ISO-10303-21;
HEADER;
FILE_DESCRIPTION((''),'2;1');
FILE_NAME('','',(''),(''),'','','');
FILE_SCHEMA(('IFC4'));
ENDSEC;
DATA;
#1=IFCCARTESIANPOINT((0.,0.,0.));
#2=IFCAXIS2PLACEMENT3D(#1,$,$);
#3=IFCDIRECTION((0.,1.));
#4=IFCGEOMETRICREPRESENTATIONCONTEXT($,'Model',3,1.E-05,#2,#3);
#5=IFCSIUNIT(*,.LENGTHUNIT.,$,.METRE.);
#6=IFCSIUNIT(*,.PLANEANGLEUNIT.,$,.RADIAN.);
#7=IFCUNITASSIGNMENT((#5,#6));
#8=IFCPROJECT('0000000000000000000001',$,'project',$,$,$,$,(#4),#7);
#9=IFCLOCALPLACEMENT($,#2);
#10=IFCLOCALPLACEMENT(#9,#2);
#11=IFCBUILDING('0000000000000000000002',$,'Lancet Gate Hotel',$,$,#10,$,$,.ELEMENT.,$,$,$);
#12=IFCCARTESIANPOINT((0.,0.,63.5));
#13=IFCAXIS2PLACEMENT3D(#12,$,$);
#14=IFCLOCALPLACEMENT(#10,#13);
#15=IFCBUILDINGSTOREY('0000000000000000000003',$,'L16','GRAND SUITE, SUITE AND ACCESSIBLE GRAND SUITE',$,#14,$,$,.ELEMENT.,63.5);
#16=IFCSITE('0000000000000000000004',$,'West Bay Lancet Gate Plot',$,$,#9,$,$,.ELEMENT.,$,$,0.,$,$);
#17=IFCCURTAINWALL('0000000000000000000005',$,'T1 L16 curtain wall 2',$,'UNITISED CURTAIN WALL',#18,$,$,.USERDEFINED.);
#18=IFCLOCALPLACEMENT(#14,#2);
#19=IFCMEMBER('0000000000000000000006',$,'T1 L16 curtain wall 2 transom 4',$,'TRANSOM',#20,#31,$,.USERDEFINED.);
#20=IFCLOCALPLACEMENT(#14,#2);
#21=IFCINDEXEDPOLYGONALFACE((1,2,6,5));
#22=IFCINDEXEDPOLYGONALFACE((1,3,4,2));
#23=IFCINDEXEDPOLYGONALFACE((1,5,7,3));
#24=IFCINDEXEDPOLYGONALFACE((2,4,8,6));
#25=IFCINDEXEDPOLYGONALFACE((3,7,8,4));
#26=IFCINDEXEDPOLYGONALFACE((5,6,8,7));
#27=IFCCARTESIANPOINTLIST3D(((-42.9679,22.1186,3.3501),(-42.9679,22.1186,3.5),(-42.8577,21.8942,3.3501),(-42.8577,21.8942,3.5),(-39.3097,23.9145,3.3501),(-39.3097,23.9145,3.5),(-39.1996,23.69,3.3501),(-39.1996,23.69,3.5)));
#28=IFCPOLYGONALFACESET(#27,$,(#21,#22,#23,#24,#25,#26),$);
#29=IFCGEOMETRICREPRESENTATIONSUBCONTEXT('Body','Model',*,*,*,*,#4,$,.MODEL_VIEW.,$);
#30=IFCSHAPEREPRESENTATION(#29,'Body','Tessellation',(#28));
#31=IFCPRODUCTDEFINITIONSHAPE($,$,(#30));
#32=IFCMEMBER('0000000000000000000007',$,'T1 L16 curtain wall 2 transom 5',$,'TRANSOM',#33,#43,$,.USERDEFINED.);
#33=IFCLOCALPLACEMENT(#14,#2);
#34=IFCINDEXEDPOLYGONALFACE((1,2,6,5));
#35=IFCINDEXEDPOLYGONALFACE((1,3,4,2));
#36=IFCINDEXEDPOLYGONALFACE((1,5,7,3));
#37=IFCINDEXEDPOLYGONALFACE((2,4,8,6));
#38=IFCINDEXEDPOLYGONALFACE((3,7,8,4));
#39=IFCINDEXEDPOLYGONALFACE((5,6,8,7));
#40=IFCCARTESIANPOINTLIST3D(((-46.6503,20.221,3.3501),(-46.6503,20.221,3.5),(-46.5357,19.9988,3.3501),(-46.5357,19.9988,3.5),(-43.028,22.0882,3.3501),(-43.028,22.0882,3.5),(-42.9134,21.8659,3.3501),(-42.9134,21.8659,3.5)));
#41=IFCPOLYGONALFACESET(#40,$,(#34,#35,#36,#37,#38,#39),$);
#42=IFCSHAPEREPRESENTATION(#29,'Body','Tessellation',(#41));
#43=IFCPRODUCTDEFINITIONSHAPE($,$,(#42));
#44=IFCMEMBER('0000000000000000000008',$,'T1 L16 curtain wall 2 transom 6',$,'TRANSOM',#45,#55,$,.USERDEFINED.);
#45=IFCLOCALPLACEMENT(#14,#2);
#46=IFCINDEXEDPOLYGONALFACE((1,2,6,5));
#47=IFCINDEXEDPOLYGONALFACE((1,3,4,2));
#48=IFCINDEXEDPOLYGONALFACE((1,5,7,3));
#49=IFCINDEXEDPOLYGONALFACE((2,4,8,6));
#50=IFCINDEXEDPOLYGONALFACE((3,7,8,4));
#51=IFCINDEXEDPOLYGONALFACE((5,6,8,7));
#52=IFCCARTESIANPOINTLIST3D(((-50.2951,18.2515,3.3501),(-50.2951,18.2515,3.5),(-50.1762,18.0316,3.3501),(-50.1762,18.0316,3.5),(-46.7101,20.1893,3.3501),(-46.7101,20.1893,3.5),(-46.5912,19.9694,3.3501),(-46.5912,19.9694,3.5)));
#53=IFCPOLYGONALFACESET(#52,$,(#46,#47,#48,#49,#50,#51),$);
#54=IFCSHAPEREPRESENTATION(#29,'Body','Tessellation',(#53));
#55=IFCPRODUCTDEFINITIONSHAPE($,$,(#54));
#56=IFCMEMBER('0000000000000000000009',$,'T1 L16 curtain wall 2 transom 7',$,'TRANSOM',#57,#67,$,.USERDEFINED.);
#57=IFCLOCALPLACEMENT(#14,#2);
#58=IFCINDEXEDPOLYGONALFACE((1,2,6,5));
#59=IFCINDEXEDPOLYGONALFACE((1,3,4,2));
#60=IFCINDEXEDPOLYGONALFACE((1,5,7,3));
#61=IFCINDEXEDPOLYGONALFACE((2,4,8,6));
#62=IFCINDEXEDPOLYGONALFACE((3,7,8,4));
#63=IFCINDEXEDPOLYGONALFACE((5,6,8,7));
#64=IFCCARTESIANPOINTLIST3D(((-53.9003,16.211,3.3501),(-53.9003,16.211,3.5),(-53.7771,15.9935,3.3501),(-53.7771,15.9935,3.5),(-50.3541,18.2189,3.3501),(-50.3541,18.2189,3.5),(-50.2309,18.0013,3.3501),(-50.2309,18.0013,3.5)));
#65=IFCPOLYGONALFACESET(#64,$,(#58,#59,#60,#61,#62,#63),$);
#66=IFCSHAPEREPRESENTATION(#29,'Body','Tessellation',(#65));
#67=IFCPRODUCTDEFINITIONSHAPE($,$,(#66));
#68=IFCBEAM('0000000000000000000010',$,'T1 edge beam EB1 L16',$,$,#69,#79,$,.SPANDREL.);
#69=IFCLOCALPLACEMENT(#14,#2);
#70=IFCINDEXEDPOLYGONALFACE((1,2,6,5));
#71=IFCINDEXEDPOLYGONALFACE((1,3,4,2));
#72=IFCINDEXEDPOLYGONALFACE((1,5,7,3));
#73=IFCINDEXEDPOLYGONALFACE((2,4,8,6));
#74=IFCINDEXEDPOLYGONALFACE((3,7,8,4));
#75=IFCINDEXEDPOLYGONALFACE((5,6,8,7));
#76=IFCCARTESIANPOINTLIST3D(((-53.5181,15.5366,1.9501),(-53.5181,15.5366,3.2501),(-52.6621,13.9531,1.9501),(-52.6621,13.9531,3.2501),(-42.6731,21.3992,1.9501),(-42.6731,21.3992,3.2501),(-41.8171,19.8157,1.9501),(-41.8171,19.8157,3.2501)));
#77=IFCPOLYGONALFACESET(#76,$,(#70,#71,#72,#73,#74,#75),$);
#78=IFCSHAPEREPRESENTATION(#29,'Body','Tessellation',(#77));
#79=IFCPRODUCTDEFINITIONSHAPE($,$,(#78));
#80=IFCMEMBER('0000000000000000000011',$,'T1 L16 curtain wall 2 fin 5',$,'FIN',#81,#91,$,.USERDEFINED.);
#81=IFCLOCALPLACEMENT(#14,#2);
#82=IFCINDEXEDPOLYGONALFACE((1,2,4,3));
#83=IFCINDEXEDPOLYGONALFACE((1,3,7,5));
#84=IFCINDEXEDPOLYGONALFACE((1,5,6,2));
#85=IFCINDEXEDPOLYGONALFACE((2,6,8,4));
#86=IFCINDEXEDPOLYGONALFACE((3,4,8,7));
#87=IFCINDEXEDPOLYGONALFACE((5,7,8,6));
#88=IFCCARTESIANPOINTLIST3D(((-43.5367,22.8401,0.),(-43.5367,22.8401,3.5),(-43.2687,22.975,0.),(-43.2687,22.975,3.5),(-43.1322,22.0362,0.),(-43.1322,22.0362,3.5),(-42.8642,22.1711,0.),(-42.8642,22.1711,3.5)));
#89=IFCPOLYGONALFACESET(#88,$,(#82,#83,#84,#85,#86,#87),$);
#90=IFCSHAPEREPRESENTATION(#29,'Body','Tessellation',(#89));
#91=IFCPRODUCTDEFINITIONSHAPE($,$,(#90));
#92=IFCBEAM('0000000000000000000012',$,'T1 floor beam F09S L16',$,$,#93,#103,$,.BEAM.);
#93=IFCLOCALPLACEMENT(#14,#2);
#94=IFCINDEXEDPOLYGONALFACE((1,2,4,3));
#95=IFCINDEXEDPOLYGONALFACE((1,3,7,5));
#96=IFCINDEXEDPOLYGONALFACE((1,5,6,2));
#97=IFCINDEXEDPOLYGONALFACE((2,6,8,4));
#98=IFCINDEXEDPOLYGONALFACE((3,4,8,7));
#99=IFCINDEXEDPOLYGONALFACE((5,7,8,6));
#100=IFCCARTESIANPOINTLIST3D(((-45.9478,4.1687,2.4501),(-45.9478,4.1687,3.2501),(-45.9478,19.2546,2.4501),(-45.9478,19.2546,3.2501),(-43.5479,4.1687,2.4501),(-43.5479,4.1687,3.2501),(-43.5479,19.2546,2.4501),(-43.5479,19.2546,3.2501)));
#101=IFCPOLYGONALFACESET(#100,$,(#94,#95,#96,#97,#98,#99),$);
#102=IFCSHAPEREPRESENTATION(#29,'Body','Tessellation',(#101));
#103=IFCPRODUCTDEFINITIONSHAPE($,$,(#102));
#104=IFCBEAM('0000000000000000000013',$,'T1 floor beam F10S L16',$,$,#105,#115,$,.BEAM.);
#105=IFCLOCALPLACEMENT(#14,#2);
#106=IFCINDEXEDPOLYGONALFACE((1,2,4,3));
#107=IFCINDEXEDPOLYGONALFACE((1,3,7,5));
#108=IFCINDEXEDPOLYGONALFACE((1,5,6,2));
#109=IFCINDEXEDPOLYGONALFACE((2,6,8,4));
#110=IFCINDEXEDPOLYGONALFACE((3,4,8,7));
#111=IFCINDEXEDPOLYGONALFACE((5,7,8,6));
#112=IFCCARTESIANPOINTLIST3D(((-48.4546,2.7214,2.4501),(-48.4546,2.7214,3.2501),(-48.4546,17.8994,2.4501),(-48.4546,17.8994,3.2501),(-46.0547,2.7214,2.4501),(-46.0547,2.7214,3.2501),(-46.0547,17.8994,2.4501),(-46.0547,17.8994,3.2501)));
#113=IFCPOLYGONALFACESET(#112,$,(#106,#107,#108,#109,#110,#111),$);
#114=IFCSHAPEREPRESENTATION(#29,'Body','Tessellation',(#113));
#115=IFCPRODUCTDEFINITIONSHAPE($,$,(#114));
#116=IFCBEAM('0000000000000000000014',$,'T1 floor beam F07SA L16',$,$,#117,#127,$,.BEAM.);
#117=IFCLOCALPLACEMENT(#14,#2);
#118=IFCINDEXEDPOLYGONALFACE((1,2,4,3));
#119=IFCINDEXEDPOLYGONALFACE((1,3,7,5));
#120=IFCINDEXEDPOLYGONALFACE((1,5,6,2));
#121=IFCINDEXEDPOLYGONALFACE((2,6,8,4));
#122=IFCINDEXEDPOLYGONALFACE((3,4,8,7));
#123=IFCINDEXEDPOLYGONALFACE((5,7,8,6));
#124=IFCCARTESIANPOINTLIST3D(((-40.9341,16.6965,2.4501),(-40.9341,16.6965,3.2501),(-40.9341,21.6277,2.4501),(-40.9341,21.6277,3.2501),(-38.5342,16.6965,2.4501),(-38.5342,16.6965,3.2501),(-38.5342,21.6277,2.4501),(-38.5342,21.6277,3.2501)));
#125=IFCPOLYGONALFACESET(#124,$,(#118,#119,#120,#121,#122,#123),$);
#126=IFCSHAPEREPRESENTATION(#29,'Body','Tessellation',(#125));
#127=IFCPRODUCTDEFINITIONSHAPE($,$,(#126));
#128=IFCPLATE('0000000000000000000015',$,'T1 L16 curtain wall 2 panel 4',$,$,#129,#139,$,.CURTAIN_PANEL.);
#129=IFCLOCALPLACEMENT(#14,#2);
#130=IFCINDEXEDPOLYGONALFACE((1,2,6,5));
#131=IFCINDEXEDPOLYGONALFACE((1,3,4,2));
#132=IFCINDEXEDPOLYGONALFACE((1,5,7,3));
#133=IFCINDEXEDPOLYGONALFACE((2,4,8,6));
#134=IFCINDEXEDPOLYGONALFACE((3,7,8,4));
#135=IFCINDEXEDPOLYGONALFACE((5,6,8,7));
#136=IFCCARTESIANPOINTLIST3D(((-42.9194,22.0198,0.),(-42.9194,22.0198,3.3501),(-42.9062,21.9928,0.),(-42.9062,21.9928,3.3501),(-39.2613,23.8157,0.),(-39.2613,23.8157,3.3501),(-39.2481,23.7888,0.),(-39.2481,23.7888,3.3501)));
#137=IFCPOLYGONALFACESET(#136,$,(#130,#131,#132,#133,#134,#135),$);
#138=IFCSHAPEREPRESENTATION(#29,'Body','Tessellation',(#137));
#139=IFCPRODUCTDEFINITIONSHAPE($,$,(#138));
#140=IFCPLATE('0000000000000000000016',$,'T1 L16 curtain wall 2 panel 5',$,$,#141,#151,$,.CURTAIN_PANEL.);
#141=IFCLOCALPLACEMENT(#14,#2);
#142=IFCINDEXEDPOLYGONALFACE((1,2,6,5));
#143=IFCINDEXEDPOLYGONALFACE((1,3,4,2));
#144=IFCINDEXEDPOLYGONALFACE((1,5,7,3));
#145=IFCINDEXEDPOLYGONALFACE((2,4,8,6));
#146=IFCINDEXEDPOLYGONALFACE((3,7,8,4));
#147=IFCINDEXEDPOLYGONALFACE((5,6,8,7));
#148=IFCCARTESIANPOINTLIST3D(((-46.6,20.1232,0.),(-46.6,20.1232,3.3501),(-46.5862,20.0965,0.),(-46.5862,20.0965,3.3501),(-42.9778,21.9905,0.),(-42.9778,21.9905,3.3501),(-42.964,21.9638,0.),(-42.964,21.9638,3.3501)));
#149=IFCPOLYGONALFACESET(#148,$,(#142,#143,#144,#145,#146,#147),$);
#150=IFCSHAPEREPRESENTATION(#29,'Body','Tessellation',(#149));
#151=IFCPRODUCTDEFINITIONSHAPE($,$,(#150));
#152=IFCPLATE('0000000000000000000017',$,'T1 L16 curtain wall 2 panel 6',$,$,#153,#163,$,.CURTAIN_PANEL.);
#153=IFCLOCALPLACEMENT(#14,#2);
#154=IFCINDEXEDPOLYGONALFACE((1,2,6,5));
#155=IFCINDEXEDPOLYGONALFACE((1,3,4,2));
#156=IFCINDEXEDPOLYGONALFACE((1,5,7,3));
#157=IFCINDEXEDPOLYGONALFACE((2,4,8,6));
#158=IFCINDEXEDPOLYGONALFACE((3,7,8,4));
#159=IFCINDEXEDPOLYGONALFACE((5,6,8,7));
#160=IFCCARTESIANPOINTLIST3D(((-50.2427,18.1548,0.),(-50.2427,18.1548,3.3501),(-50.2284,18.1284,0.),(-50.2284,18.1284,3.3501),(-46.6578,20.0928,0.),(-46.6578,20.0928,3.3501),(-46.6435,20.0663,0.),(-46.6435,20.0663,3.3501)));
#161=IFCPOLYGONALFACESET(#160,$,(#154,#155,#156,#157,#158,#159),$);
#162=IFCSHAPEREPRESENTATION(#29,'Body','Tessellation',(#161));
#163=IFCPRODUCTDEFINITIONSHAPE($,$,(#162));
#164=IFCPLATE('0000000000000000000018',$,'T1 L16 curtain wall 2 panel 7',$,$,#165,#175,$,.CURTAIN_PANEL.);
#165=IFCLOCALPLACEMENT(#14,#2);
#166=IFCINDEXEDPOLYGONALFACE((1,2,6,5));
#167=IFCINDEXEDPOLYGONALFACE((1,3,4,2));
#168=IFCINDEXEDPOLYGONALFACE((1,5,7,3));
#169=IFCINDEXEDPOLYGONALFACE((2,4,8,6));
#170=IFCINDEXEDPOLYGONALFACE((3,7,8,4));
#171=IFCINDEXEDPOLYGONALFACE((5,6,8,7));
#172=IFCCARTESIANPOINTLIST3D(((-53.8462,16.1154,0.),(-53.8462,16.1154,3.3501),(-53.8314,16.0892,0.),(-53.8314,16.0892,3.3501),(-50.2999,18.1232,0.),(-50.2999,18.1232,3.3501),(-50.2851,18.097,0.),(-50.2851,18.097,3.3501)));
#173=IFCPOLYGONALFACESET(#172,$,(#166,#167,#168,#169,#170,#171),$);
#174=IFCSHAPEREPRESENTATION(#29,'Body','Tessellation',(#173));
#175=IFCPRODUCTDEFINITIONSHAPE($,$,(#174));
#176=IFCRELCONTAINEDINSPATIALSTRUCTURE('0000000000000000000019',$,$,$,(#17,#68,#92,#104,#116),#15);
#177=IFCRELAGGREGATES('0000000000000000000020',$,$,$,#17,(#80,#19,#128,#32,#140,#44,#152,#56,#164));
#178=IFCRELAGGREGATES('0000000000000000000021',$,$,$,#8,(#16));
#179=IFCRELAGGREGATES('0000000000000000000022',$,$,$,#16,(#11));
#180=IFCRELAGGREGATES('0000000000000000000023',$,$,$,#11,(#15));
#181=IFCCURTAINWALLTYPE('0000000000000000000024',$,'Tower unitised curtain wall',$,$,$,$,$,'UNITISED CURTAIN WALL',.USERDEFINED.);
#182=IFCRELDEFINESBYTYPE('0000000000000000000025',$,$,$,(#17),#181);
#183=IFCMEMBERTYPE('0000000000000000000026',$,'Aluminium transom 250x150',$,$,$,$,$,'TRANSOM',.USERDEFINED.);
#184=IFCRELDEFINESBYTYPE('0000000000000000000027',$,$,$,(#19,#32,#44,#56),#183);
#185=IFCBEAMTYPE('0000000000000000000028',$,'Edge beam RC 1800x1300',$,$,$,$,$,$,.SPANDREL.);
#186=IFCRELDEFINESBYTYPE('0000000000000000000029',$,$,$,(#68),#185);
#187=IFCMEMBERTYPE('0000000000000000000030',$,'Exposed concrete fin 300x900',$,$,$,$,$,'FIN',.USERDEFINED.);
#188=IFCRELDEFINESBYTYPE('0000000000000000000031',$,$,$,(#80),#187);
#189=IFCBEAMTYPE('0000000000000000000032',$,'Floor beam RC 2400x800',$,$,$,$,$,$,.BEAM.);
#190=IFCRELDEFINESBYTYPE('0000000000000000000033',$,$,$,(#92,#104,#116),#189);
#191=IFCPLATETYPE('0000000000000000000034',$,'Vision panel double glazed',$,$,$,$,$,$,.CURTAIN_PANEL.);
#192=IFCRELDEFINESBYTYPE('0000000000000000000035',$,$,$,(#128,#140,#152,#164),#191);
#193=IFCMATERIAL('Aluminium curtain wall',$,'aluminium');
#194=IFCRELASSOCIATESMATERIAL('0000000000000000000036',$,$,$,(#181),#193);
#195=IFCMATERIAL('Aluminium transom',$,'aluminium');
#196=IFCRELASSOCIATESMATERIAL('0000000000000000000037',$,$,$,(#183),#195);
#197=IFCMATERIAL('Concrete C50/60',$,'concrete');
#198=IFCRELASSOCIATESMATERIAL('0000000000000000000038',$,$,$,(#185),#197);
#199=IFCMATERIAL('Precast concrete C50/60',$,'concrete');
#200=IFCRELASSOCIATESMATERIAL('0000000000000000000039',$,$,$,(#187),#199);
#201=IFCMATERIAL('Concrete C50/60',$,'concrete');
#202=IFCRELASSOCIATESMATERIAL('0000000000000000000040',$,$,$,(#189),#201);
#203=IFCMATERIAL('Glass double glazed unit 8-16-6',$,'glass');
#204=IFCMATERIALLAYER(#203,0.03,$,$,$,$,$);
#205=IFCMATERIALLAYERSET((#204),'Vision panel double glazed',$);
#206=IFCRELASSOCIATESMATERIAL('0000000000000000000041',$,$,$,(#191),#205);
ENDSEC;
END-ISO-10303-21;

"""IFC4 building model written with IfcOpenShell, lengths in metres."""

from ifc_helpers import new_model, si_unit, direction, frame, origin, origin_2d, place, context, subcontext, project, spatial, rectangle, extrude, material, layer, layer_set, material_profile, profile_set, type_object, element, aggregate, save


model = new_model("IFC4")

# Units and contexts
model_context = context("Model", 3, precision=1e-05, world=origin(), true_north=direction((0.0, 1.0)))
body_context = subcontext(model_context, "Body", "Model", "MODEL_VIEW")
ifc_project = project(units=[si_unit("LENGTHUNIT", "METRE"), si_unit("PLANEANGLEUNIT", "RADIAN")], contexts=[model_context])

# Site, building, storey
site_placement = place(None, origin())
site = spatial("IfcSite", under=ifc_project, at=site_placement, Name="West Bay Lancet Gate Plot", CompositionType="ELEMENT", RefElevation=0.0)
building_placement = place(site_placement, origin())
building = spatial("IfcBuilding", under=site, at=building_placement, Name="Lancet Gate Hotel", CompositionType="ELEMENT")
storey_placement = place(building_placement, frame((0.0, 0.0, 63.5)))
storey = spatial("IfcBuildingStorey", under=building, at=storey_placement, Name="L16", Description="GRAND SUITE, SUITE AND ACCESSIBLE GRAND SUITE", CompositionType="ELEMENT", Elevation=63.5)

# Curtain wall, members
ifc_material_1 = material(Name="Aluminium curtain wall", Category="aluminium")
curtain_wall_type = type_object("IfcCurtainWallType", Name="Tower unitised curtain wall", ElementType="UNITISED CURTAIN WALL", PredefinedType="USERDEFINED", material=ifc_material_1)
curtain_wall_placement = place(storey_placement, origin())
curtain_wall = element("IfcCurtainWall", 1, at=curtain_wall_placement, inside=storey, type_object=curtain_wall_type, Name="T1 L16 curtain wall 2", ObjectType="UNITISED CURTAIN WALL", PredefinedType="USERDEFINED")
ifc_material_2 = material(Name="Aluminium transom", Category="aluminium")
ifc_material_profile_1 = material_profile(ifc_material_2, rectangle(XDim=0.25, YDim=0.1499, at=origin_2d()), Name="TRANSOM 250x150")
ifc_profile_set_1 = profile_set([ifc_material_profile_1], Name="Aluminium transom")
member_type_1 = type_object("IfcMemberType", Name="Aluminium transom 250x150", ElementType="TRANSOM", PredefinedType="USERDEFINED", material=ifc_profile_set_1)
member_1_placement = place(storey_placement, frame((-39.2546, 23.8022, 3.425), z_axis=(-0.897662, -0.440684, 0.0), x_axis=(0.440684, -0.897662, 0.0)))
member_1 = element("IfcMember", 2, at=member_1_placement, type_object=member_type_1, Name="T1 L16 curtain wall 2 transom 4", ObjectType="TRANSOM", PredefinedType="USERDEFINED", context=body_context, shape_type="SweptSolid", body=[
    extrude(rectangle(XDim=0.25, YDim=0.1499, at=origin_2d()), origin(), (0.0, 0.0, 1.0), 4.0752),
])
member_2_placement = place(storey_placement, frame((-42.9707, 21.9771, 3.425), z_axis=(-0.88886, -0.458179, 0.0), x_axis=(0.458179, -0.88886, 0.0)))
member_2 = element("IfcMember", 3, at=member_2_placement, type_object=member_type_1, Name="T1 L16 curtain wall 2 transom 5", ObjectType="TRANSOM", PredefinedType="USERDEFINED", context=body_context, shape_type="SweptSolid", body=[
    extrude(rectangle(XDim=0.25, YDim=0.1499, at=origin_2d()), origin(), (0.0, 0.0, 1.0), 4.0752),
])
member_3_placement = place(storey_placement, frame((-46.6506, 20.0793, 3.425), z_axis=(-0.879714, -0.475503, 0.0), x_axis=(0.475503, -0.879714, 0.0)))
member_3 = element("IfcMember", 4, at=member_3_placement, type_object=member_type_1, Name="T1 L16 curtain wall 2 transom 6", ObjectType="TRANSOM", PredefinedType="USERDEFINED", context=body_context, shape_type="SweptSolid", body=[
    extrude(rectangle(XDim=0.25, YDim=0.1499, at=origin_2d()), origin(), (0.0, 0.0, 1.0), 4.0752),
])
member_4_placement = place(storey_placement, frame((-50.2925, 18.1101, 3.425), z_axis=(-0.870198, -0.492703, 0.0), x_axis=(0.492703, -0.870198, 0.0)))
member_4 = element("IfcMember", 5, at=member_4_placement, type_object=member_type_1, Name="T1 L16 curtain wall 2 transom 7", ObjectType="TRANSOM", PredefinedType="USERDEFINED", context=body_context, shape_type="SweptSolid", body=[
    extrude(rectangle(XDim=0.25, YDim=0.1499, at=origin_2d()), origin(), (0.0, 0.0, 1.0), 4.0752),
])

# Beam
ifc_material_3 = material(Name="Concrete C50/60", Category="concrete")
ifc_material_profile_2 = material_profile(ifc_material_3, rectangle(XDim=1.8, YDim=1.3, at=origin_2d()), Name="RC 1800x1300")
ifc_profile_set_2 = profile_set([ifc_material_profile_2], Name="Concrete C50/60")
beam_type_1 = type_object("IfcBeamType", Name="Edge beam RC 1800x1300", PredefinedType="SPANDREL", material=ifc_profile_set_2)
beam_1_placement = place(storey_placement, frame((-42.2451, 20.6074, 2.6001), z_axis=(-0.879693, -0.475542, 0.0), x_axis=(0.475542, -0.879693, 0.0)))
element("IfcBeam", 6, at=beam_1_placement, inside=storey, type_object=beam_type_1, Name="T1 edge beam EB1 L16", PredefinedType="SPANDREL", context=body_context, shape_type="SweptSolid", body=[
    extrude(rectangle(XDim=1.8, YDim=1.3, at=origin_2d()), origin(), (0.0, 0.0, 1.0), 12.3281),
])

# Member
ifc_material_4 = material(Name="Precast concrete C50/60", Category="concrete")
ifc_material_profile_3 = material_profile(ifc_material_4, rectangle(XDim=0.3, YDim=0.8999, at=origin_2d()), Name="FIN 300x900")
ifc_profile_set_3 = profile_set([ifc_material_profile_3], Name="Precast concrete C50/60")
member_type_2 = type_object("IfcMemberType", Name="Exposed concrete fin 300x900", ElementType="FIN", PredefinedType="USERDEFINED", material=ifc_profile_set_3)
member_5_placement = place(storey_placement, frame((-43.2004, 22.5056, 0.0), z_axis=(0.0, 0.0, 1.0), x_axis=(-0.893292, -0.449478, 0.0)))
member_5 = element("IfcMember", 7, at=member_5_placement, type_object=member_type_2, Name="T1 L16 curtain wall 2 fin 5", ObjectType="FIN", PredefinedType="USERDEFINED", context=body_context, shape_type="SweptSolid", body=[
    extrude(rectangle(XDim=0.3, YDim=0.8999, at=origin_2d()), origin(), (0.0, 0.0, 1.0), 3.5),
])

# Beams
ifc_material_5 = material(Name="Concrete C50/60", Category="concrete")
ifc_material_profile_4 = material_profile(ifc_material_5, rectangle(XDim=2.3999, YDim=0.8, at=origin_2d()), Name="RC 2400x800")
ifc_profile_set_4 = profile_set([ifc_material_profile_4], Name="Concrete C50/60")
beam_type_2 = type_object("IfcBeamType", Name="Floor beam RC 2400x800", PredefinedType="BEAM", material=ifc_profile_set_4)
beam_2_placement = place(storey_placement, frame((-44.7478, 19.2546, 2.8501), z_axis=(0.0, -1.0, 0.0), x_axis=(1.0, 0.0, 0.0)))
element("IfcBeam", 8, at=beam_2_placement, inside=storey, type_object=beam_type_2, Name="T1 floor beam F09S L16", PredefinedType="BEAM", context=body_context, shape_type="SweptSolid", body=[
    extrude(rectangle(XDim=2.3999, YDim=0.8, at=origin_2d()), origin(), (0.0, 0.0, 1.0), 15.0859),
])
beam_3_placement = place(storey_placement, frame((-47.2546, 17.8994, 2.8501), z_axis=(0.0, -1.0, 0.0), x_axis=(1.0, 0.0, 0.0)))
element("IfcBeam", 9, at=beam_3_placement, inside=storey, type_object=beam_type_2, Name="T1 floor beam F10S L16", PredefinedType="BEAM", context=body_context, shape_type="SweptSolid", body=[
    extrude(rectangle(XDim=2.3999, YDim=0.8, at=origin_2d()), origin(), (0.0, 0.0, 1.0), 15.178),
])
beam_4_placement = place(storey_placement, frame((-39.7341, 21.6277, 2.8501), z_axis=(0.0, -1.0, 0.0), x_axis=(1.0, 0.0, 0.0)))
element("IfcBeam", 10, at=beam_4_placement, inside=storey, type_object=beam_type_2, Name="T1 floor beam F07SA L16", PredefinedType="BEAM", context=body_context, shape_type="SweptSolid", body=[
    extrude(rectangle(XDim=2.3999, YDim=0.8, at=origin_2d()), origin(), (0.0, 0.0, 1.0), 4.9312),
])

# Plates
ifc_material_6 = material(Name="Glass double glazed unit 8-16-6", Category="glass")
ifc_layer = layer(ifc_material_6, 0.03)
ifc_layer_set = layer_set([ifc_layer], Name="Vision panel double glazed")
plate_type = type_object("IfcPlateType", Name="Vision panel double glazed", PredefinedType="CURTAIN_PANEL", material=ifc_layer_set)
plate_1_placement = place(storey_placement, frame((-41.0837, 22.9043, 0.0), z_axis=(0.0, 0.0, 1.0), x_axis=(-0.897653, -0.440702, 0.0)))
plate_1 = element("IfcPlate", 11, at=plate_1_placement, type_object=plate_type, Name="T1 L16 curtain wall 2 panel 4", PredefinedType="CURTAIN_PANEL", context=body_context, shape_type="SweptSolid", body=[
    extrude(rectangle(XDim=4.0752, YDim=0.03, at=origin_2d()), origin(), (0.0, 0.0, 1.0), 3.3501),
])
plate_2_placement = place(storey_placement, frame((-44.782, 21.0435, 0.0), z_axis=(0.0, 0.0, 1.0), x_axis=(-0.888844, -0.45821, 0.0)))
plate_2 = element("IfcPlate", 12, at=plate_2_placement, type_object=plate_type, Name="T1 L16 curtain wall 2 panel 5", PredefinedType="CURTAIN_PANEL", context=body_context, shape_type="SweptSolid", body=[
    extrude(rectangle(XDim=4.0752, YDim=0.03, at=origin_2d()), origin(), (0.0, 0.0, 1.0), 3.3501),
])
plate_3_placement = place(storey_placement, frame((-48.4431, 19.1106, 0.0), z_axis=(0.0, 0.0, 1.0), x_axis=(-0.879693, -0.475541, 0.0)))
plate_3 = element("IfcPlate", 13, at=plate_3_placement, type_object=plate_type, Name="T1 L16 curtain wall 2 panel 6", PredefinedType="CURTAIN_PANEL", context=body_context, shape_type="SweptSolid", body=[
    extrude(rectangle(XDim=4.0752, YDim=0.03, at=origin_2d()), origin(), (0.0, 0.0, 1.0), 3.3501),
])
plate_4_placement = place(storey_placement, frame((-52.0657, 17.1062, 0.0), z_axis=(0.0, 0.0, 1.0), x_axis=(-0.870205, -0.49269, 0.0)))
plate_4 = element("IfcPlate", 14, at=plate_4_placement, type_object=plate_type, Name="T1 L16 curtain wall 2 panel 7", PredefinedType="CURTAIN_PANEL", context=body_context, shape_type="SweptSolid", body=[
    extrude(rectangle(XDim=4.0752, YDim=0.03, at=origin_2d()), origin(), (0.0, 0.0, 1.0), 3.3501),
])
aggregate(curtain_wall, [member_5, member_1, plate_1, member_2, plate_2, member_3, plate_3, member_4, plate_4])

save(model, "model.ifc")
